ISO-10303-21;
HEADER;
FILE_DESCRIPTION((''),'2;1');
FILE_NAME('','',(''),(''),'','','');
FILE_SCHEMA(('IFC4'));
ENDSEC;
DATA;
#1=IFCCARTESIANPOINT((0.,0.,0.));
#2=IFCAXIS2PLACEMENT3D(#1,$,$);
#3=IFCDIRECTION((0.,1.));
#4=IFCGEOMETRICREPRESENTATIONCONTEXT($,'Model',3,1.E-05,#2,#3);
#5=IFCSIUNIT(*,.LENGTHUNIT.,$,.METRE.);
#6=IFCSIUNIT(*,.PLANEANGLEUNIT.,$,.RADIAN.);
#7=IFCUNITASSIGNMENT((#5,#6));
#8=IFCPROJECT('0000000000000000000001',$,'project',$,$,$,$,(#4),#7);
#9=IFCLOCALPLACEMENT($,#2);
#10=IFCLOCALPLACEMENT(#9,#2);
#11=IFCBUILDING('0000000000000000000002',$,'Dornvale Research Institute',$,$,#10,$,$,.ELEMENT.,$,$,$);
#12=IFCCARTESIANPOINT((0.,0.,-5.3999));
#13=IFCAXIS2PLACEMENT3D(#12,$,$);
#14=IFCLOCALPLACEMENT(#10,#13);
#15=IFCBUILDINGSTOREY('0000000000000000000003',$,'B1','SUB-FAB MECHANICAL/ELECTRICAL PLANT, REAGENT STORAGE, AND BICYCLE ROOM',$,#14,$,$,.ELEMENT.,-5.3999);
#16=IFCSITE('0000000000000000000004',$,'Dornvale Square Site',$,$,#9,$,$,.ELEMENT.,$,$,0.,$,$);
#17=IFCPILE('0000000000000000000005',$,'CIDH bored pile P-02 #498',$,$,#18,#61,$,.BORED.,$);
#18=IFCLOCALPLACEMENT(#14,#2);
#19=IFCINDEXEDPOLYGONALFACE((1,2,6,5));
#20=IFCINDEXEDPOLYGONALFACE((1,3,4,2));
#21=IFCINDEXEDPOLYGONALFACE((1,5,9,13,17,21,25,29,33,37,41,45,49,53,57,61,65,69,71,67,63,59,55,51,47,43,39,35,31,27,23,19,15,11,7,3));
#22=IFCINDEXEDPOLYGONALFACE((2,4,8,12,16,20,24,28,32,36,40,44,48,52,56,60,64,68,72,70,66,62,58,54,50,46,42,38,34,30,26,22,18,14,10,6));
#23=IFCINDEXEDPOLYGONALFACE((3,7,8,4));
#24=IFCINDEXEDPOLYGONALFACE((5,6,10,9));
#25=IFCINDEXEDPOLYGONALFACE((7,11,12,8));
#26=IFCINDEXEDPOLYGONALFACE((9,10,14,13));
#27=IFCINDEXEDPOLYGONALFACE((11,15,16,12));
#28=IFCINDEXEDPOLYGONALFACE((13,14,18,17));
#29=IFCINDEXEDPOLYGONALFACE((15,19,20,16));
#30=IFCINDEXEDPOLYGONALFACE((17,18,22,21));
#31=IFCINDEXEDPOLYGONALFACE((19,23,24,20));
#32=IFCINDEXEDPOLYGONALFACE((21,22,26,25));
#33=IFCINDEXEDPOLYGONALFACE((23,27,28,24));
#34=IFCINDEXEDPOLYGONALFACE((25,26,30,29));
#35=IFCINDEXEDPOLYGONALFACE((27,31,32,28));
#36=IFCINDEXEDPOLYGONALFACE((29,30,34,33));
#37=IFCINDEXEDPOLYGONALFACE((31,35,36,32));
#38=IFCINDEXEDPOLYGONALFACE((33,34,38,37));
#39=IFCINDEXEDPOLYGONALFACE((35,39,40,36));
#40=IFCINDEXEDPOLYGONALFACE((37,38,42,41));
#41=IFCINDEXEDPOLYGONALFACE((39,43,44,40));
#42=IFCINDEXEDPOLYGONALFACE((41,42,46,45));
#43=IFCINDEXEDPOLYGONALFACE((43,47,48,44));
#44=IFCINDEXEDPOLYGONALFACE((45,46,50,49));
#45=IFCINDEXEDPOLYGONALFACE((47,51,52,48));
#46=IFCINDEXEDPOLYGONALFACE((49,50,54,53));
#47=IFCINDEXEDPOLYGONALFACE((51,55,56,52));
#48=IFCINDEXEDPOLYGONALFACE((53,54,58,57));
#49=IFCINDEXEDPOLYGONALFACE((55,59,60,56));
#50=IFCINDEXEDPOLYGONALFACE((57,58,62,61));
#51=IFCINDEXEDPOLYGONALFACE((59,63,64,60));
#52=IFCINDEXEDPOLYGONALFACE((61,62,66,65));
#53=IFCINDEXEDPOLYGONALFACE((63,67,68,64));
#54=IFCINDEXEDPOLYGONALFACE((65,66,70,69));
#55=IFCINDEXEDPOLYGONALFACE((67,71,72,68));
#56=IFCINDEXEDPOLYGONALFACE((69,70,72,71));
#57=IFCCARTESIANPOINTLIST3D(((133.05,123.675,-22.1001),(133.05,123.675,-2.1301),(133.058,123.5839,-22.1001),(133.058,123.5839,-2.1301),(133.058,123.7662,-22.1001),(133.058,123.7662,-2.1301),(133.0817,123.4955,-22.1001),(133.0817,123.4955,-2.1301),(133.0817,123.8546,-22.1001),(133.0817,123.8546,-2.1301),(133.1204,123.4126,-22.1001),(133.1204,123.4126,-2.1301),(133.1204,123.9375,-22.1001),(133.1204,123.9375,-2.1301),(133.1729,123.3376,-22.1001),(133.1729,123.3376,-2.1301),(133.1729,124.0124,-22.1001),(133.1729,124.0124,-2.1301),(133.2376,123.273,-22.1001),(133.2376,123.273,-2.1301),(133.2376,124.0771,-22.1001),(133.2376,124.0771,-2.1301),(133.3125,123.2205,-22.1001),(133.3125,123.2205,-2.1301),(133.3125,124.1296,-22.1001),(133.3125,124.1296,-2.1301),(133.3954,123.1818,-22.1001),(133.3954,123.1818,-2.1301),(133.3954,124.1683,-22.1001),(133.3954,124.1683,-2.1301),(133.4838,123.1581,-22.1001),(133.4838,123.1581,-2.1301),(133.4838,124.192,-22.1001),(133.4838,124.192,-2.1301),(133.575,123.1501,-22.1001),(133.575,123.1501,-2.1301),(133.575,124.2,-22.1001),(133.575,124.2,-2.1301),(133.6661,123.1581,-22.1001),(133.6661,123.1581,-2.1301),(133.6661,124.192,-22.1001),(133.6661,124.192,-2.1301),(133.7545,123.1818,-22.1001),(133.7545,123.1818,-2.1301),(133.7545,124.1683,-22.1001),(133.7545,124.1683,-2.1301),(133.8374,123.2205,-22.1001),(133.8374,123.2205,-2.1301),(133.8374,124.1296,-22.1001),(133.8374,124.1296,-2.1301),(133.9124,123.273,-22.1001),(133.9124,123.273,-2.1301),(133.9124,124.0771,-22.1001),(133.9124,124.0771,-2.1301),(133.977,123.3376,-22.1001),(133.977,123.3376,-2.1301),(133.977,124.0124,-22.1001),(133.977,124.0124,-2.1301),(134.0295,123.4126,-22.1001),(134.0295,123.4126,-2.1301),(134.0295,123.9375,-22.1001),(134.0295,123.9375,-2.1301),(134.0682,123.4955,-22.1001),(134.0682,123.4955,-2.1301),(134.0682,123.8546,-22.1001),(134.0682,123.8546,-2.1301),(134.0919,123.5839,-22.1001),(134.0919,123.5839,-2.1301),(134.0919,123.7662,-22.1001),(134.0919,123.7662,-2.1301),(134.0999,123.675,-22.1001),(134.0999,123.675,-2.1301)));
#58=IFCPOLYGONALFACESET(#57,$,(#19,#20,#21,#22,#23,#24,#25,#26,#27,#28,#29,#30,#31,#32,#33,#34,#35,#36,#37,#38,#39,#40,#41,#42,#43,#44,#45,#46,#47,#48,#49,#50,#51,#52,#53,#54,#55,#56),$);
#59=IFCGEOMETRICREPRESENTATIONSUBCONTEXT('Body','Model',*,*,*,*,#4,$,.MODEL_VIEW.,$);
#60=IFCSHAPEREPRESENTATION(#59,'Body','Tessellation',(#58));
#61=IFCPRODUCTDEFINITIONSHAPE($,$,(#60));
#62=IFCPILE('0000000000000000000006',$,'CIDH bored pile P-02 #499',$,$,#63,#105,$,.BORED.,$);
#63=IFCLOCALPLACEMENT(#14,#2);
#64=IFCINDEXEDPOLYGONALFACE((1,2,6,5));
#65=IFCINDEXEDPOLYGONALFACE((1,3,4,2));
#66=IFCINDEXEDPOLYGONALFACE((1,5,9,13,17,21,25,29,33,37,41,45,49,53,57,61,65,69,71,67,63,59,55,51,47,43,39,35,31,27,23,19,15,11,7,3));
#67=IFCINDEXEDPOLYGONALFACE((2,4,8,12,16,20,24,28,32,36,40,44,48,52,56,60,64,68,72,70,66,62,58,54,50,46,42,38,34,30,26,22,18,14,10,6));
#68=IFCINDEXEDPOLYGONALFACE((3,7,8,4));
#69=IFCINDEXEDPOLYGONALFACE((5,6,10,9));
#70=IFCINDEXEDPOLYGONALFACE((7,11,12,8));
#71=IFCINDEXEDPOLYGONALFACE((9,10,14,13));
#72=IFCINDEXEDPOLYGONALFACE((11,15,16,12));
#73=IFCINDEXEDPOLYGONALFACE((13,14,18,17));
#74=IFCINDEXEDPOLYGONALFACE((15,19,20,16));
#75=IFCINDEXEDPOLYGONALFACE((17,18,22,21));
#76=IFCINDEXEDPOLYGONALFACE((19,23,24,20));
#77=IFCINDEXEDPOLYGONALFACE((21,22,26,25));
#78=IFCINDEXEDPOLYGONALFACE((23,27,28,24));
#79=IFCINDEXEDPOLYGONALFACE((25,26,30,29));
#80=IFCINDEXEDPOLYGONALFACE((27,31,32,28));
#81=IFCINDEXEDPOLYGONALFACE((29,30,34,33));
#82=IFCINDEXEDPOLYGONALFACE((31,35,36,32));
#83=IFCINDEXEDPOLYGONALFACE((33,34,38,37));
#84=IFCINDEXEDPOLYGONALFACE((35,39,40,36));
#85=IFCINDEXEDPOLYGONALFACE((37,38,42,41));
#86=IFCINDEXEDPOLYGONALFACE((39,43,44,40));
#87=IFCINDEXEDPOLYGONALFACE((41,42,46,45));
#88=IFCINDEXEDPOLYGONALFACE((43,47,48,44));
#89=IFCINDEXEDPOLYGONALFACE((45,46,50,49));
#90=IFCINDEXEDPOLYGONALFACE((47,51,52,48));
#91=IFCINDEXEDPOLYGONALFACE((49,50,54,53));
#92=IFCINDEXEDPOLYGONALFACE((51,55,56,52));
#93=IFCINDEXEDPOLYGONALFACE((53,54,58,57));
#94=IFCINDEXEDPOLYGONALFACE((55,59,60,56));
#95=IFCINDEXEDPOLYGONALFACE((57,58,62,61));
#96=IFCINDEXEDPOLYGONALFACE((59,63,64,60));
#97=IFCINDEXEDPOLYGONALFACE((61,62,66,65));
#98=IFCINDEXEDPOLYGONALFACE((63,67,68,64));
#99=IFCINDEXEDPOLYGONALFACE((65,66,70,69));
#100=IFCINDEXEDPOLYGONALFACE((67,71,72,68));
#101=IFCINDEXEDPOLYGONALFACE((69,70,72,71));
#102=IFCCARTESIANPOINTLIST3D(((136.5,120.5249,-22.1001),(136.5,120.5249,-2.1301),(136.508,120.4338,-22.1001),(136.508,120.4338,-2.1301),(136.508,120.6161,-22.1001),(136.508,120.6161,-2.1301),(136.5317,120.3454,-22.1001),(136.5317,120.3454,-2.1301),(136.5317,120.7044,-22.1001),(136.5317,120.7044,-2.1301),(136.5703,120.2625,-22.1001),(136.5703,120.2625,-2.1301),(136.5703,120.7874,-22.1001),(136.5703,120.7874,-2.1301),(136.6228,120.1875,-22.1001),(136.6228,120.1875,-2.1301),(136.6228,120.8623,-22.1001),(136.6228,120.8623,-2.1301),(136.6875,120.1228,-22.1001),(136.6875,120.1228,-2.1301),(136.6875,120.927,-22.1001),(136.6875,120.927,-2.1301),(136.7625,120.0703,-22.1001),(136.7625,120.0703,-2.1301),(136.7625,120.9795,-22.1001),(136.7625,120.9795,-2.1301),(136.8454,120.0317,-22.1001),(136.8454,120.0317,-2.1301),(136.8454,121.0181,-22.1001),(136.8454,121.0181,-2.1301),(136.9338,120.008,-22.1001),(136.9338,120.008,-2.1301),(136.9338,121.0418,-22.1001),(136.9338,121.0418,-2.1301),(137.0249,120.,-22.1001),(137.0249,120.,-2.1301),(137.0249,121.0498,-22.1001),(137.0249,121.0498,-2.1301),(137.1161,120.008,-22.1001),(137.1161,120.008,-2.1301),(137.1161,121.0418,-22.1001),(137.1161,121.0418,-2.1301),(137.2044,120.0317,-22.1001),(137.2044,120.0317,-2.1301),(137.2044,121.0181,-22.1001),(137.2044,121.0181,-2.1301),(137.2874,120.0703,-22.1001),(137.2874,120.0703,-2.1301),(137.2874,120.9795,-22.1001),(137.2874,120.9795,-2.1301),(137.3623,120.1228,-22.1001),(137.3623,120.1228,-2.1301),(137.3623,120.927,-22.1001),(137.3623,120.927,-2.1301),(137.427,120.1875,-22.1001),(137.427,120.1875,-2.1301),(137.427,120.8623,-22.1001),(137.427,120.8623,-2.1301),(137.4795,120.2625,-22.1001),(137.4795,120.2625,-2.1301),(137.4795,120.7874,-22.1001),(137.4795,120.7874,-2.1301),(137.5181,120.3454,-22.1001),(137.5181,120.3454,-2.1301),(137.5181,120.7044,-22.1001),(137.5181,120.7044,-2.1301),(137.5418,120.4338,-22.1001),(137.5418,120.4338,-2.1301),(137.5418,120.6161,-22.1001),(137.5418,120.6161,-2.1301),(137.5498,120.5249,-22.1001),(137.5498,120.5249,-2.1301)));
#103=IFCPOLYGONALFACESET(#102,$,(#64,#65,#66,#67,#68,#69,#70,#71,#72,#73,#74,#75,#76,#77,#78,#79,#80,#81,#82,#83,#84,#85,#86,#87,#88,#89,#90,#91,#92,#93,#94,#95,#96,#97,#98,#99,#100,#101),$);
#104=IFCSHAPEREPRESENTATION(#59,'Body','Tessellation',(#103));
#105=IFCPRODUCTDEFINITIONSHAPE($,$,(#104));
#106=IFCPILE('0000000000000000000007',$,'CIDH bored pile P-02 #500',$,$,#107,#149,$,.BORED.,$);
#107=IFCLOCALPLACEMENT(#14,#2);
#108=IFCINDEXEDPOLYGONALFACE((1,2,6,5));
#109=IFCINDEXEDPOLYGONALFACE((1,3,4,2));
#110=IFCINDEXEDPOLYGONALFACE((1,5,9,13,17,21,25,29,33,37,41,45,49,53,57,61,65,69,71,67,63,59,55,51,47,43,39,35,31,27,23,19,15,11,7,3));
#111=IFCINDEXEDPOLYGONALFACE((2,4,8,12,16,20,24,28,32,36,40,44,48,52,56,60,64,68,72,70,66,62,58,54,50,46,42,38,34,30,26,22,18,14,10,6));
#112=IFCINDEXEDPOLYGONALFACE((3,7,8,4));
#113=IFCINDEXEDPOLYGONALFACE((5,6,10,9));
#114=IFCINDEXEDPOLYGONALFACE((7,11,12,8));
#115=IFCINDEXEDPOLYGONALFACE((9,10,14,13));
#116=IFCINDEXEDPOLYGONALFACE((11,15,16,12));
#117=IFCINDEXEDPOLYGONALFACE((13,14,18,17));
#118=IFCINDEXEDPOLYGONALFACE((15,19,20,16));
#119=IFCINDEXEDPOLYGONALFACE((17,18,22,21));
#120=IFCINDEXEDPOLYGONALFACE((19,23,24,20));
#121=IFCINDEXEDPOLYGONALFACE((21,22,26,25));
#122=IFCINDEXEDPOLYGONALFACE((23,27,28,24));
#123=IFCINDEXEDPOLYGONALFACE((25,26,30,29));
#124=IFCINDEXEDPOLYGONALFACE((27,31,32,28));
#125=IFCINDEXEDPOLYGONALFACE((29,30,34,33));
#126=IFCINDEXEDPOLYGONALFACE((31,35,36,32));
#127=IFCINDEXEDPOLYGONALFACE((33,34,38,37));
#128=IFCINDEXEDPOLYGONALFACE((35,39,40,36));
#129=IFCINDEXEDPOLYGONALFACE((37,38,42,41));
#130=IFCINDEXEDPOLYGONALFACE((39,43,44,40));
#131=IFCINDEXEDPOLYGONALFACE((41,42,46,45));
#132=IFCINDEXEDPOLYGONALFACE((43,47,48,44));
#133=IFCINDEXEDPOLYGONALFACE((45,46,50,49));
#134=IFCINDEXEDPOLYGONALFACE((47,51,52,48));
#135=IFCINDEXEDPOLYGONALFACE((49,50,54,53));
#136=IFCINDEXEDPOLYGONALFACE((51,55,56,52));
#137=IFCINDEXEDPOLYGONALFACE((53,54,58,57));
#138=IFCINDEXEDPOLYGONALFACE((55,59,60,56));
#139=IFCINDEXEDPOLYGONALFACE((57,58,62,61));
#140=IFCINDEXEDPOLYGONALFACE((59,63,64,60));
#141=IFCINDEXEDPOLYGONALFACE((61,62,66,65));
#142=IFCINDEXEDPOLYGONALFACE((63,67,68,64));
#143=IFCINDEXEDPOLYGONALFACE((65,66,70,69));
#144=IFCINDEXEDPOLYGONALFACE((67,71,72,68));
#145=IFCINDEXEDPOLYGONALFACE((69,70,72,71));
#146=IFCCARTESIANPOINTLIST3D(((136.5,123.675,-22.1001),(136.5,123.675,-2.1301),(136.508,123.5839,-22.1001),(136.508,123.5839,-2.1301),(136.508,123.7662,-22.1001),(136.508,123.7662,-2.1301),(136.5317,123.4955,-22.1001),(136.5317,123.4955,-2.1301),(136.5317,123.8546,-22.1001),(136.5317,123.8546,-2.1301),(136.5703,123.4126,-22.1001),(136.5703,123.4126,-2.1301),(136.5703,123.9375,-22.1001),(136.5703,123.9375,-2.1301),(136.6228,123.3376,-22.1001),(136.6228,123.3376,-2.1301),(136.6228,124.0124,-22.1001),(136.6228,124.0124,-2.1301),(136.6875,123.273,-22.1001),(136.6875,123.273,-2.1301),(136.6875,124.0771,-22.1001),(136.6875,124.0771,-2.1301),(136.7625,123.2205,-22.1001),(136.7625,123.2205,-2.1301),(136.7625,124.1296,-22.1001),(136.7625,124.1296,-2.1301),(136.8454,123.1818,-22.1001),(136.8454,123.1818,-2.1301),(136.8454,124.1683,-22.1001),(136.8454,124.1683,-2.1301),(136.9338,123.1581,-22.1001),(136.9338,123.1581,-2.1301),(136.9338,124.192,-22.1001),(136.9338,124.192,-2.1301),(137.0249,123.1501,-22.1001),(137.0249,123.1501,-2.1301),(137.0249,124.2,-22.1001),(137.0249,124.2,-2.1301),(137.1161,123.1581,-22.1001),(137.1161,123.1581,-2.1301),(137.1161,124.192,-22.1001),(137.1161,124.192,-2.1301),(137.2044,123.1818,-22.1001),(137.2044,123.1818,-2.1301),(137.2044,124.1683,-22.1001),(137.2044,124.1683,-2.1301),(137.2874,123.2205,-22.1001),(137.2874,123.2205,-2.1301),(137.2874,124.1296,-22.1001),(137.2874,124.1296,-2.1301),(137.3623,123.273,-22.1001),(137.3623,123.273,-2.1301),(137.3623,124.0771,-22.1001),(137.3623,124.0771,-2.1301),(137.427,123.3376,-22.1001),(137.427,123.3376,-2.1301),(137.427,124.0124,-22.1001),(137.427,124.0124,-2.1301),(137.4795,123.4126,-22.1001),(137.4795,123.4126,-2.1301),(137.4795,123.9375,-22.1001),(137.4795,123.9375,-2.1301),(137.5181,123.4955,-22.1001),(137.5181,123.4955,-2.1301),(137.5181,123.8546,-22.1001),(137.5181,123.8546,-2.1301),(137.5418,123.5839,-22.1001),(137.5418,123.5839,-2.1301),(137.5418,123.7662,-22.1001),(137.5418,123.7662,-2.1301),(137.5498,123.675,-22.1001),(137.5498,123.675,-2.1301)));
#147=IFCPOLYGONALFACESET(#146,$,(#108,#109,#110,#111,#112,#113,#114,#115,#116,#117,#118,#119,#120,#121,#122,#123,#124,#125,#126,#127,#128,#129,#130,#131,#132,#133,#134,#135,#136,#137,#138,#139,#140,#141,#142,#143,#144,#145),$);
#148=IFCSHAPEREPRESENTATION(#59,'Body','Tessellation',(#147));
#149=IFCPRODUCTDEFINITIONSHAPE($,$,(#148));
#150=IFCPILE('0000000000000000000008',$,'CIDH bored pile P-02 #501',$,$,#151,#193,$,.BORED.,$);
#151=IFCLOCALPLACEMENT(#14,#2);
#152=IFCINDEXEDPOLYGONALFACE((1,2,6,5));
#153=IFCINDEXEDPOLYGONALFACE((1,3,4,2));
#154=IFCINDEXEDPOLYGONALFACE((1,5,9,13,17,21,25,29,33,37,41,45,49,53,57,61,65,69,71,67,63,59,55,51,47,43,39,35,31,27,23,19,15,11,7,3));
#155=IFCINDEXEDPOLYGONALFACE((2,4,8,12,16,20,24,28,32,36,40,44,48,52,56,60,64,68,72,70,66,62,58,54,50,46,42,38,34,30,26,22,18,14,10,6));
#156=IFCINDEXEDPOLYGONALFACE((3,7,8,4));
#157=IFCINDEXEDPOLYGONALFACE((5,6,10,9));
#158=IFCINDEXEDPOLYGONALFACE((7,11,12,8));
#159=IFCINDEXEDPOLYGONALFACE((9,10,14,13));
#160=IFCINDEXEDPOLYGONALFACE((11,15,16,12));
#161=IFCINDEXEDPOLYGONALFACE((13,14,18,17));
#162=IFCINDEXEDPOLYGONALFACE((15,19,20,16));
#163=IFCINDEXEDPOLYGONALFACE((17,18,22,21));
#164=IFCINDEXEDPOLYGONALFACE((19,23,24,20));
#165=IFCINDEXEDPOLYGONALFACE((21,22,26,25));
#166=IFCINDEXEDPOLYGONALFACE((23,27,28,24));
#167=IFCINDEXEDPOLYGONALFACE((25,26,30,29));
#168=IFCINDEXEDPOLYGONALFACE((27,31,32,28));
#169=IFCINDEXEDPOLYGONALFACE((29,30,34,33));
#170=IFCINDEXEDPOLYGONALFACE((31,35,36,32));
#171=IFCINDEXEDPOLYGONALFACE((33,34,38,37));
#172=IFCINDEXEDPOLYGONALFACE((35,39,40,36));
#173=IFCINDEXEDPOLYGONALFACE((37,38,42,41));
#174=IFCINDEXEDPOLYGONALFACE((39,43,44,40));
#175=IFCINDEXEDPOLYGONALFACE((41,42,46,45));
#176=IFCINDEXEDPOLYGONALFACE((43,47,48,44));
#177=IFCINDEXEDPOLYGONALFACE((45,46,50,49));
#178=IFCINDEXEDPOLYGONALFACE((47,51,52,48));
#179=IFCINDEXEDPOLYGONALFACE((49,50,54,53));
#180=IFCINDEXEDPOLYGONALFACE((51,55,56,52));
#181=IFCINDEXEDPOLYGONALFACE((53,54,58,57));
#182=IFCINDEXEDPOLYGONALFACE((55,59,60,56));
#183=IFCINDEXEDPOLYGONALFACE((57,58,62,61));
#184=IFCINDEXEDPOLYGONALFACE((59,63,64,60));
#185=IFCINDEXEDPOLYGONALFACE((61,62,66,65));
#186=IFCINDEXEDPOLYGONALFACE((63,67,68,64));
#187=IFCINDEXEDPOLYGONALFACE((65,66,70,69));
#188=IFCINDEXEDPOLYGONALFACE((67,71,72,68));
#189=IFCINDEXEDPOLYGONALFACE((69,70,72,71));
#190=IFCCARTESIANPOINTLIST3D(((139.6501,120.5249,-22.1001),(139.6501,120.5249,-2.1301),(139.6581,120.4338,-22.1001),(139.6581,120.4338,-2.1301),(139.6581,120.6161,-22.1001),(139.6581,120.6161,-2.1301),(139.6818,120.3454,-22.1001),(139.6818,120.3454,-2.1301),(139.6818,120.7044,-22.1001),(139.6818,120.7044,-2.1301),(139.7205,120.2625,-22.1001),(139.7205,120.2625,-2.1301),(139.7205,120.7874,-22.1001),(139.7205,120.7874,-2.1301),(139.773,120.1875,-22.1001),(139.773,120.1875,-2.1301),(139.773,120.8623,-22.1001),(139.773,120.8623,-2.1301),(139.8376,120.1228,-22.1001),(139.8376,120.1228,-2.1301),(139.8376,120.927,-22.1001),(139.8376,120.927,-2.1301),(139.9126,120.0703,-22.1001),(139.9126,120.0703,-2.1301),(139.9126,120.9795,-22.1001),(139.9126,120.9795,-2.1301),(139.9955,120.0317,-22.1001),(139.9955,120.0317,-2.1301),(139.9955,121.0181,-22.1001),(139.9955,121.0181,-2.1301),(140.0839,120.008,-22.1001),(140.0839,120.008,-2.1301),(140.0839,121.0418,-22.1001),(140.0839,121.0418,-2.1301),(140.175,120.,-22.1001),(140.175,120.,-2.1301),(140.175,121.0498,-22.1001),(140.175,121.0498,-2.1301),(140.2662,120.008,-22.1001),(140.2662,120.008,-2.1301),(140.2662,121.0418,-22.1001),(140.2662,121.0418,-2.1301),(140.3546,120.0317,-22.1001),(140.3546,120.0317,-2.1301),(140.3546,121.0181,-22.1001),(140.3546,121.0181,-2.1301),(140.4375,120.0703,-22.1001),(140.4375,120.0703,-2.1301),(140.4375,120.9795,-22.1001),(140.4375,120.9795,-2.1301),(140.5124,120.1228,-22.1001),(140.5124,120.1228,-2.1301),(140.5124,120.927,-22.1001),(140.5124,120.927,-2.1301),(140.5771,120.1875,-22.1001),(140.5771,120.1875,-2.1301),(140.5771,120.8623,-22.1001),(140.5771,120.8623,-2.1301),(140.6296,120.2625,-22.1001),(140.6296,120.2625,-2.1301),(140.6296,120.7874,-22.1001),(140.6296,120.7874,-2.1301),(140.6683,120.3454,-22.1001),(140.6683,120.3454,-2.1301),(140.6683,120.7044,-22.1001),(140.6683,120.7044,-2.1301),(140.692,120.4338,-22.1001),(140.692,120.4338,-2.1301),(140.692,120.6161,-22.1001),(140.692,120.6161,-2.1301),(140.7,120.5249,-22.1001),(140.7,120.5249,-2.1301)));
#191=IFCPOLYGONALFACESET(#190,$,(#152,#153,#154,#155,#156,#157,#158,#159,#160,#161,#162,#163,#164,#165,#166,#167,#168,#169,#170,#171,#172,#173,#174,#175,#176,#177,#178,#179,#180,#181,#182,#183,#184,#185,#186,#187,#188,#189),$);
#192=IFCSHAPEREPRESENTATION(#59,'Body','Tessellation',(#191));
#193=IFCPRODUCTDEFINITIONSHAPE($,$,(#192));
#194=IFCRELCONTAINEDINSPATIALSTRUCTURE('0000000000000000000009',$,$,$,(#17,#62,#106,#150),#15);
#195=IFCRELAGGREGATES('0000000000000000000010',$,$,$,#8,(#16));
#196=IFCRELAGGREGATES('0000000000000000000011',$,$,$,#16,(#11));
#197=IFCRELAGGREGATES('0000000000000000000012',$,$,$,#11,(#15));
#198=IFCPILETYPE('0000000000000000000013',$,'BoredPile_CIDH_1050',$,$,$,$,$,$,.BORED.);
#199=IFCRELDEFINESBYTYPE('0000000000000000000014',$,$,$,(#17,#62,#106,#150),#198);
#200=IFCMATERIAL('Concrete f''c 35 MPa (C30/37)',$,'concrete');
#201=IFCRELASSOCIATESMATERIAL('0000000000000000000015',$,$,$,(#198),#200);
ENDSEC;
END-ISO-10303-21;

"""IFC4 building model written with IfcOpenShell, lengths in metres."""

from ifc_helpers import new_model, si_unit, direction, frame, origin, origin_2d, place, context, subcontext, project, spatial, circle, extrude, material, material_profile, profile_set, type_object, element, save


model = new_model("IFC4")

# Units and contexts
model_context = context("Model", 3, precision=1e-05, world=origin(), true_north=direction((0.0, 1.0)))
body_context = subcontext(model_context, "Body", "Model", "MODEL_VIEW")
ifc_project = project(units=[si_unit("LENGTHUNIT", "METRE"), si_unit("PLANEANGLEUNIT", "RADIAN")], contexts=[model_context])

# Site, building, storey
site_placement = place(None, origin())
site = spatial("IfcSite", under=ifc_project, at=site_placement, Name="Dornvale Square Site", CompositionType="ELEMENT", RefElevation=0.0)
building_placement = place(site_placement, origin())
building = spatial("IfcBuilding", under=site, at=building_placement, Name="Dornvale Research Institute", CompositionType="ELEMENT")
storey_placement = place(building_placement, frame((0.0, 0.0, -5.3999)))
storey = spatial("IfcBuildingStorey", under=building, at=storey_placement, Name="B1", Description="SUB-FAB MECHANICAL/ELECTRICAL PLANT, REAGENT STORAGE, AND BICYCLE ROOM", CompositionType="ELEMENT", Elevation=-5.3999)

# Piles
ifc_material_1 = material(Name="Concrete f'c 35 MPa (C30/37)", Category="concrete")
ifc_material_profile_1 = material_profile(ifc_material_1, circle(Radius=0.5249, at=origin_2d()), Name="CIDH PILE D1050")
ifc_profile_set_1 = profile_set([ifc_material_profile_1], Name="Concrete f'c 35 MPa (C30/37)")
pile_type = type_object("IfcPileType", Name="BoredPile_CIDH_1050", PredefinedType="BORED", material=ifc_profile_set_1)
for number, where, z_axis, x_axis, name in (
    (1, (133.575, 123.675, -2.1301), (0.0, 0.0, -1.0), (1.0, 0.0, 0.0), "CIDH bored pile P-02 #498"),
    (2, (137.0249, 120.5249, -2.1301), (0.0, 0.0, -1.0), (1.0, 0.0, 0.0), "CIDH bored pile P-02 #499"),
    (3, (137.0249, 123.675, -2.1301), (0.0, 0.0, -1.0), (1.0, 0.0, 0.0), "CIDH bored pile P-02 #500"),
    (4, (140.175, 120.5249, -2.1301), (0.0, 0.0, -1.0), (1.0, 0.0, 0.0), "CIDH bored pile P-02 #501"),
):
    element("IfcPile", number, at=place(storey_placement, frame(where, z_axis=z_axis, x_axis=x_axis)), inside=storey, type_object=pile_type, Name=name, PredefinedType="BORED", context=body_context, shape_type="SweptSolid", body=[
        extrude(circle(Radius=0.5249, at=origin_2d()), origin(), (0.0, 0.0, 1.0), 19.97),
    ])

save(model, "model.ifc")
